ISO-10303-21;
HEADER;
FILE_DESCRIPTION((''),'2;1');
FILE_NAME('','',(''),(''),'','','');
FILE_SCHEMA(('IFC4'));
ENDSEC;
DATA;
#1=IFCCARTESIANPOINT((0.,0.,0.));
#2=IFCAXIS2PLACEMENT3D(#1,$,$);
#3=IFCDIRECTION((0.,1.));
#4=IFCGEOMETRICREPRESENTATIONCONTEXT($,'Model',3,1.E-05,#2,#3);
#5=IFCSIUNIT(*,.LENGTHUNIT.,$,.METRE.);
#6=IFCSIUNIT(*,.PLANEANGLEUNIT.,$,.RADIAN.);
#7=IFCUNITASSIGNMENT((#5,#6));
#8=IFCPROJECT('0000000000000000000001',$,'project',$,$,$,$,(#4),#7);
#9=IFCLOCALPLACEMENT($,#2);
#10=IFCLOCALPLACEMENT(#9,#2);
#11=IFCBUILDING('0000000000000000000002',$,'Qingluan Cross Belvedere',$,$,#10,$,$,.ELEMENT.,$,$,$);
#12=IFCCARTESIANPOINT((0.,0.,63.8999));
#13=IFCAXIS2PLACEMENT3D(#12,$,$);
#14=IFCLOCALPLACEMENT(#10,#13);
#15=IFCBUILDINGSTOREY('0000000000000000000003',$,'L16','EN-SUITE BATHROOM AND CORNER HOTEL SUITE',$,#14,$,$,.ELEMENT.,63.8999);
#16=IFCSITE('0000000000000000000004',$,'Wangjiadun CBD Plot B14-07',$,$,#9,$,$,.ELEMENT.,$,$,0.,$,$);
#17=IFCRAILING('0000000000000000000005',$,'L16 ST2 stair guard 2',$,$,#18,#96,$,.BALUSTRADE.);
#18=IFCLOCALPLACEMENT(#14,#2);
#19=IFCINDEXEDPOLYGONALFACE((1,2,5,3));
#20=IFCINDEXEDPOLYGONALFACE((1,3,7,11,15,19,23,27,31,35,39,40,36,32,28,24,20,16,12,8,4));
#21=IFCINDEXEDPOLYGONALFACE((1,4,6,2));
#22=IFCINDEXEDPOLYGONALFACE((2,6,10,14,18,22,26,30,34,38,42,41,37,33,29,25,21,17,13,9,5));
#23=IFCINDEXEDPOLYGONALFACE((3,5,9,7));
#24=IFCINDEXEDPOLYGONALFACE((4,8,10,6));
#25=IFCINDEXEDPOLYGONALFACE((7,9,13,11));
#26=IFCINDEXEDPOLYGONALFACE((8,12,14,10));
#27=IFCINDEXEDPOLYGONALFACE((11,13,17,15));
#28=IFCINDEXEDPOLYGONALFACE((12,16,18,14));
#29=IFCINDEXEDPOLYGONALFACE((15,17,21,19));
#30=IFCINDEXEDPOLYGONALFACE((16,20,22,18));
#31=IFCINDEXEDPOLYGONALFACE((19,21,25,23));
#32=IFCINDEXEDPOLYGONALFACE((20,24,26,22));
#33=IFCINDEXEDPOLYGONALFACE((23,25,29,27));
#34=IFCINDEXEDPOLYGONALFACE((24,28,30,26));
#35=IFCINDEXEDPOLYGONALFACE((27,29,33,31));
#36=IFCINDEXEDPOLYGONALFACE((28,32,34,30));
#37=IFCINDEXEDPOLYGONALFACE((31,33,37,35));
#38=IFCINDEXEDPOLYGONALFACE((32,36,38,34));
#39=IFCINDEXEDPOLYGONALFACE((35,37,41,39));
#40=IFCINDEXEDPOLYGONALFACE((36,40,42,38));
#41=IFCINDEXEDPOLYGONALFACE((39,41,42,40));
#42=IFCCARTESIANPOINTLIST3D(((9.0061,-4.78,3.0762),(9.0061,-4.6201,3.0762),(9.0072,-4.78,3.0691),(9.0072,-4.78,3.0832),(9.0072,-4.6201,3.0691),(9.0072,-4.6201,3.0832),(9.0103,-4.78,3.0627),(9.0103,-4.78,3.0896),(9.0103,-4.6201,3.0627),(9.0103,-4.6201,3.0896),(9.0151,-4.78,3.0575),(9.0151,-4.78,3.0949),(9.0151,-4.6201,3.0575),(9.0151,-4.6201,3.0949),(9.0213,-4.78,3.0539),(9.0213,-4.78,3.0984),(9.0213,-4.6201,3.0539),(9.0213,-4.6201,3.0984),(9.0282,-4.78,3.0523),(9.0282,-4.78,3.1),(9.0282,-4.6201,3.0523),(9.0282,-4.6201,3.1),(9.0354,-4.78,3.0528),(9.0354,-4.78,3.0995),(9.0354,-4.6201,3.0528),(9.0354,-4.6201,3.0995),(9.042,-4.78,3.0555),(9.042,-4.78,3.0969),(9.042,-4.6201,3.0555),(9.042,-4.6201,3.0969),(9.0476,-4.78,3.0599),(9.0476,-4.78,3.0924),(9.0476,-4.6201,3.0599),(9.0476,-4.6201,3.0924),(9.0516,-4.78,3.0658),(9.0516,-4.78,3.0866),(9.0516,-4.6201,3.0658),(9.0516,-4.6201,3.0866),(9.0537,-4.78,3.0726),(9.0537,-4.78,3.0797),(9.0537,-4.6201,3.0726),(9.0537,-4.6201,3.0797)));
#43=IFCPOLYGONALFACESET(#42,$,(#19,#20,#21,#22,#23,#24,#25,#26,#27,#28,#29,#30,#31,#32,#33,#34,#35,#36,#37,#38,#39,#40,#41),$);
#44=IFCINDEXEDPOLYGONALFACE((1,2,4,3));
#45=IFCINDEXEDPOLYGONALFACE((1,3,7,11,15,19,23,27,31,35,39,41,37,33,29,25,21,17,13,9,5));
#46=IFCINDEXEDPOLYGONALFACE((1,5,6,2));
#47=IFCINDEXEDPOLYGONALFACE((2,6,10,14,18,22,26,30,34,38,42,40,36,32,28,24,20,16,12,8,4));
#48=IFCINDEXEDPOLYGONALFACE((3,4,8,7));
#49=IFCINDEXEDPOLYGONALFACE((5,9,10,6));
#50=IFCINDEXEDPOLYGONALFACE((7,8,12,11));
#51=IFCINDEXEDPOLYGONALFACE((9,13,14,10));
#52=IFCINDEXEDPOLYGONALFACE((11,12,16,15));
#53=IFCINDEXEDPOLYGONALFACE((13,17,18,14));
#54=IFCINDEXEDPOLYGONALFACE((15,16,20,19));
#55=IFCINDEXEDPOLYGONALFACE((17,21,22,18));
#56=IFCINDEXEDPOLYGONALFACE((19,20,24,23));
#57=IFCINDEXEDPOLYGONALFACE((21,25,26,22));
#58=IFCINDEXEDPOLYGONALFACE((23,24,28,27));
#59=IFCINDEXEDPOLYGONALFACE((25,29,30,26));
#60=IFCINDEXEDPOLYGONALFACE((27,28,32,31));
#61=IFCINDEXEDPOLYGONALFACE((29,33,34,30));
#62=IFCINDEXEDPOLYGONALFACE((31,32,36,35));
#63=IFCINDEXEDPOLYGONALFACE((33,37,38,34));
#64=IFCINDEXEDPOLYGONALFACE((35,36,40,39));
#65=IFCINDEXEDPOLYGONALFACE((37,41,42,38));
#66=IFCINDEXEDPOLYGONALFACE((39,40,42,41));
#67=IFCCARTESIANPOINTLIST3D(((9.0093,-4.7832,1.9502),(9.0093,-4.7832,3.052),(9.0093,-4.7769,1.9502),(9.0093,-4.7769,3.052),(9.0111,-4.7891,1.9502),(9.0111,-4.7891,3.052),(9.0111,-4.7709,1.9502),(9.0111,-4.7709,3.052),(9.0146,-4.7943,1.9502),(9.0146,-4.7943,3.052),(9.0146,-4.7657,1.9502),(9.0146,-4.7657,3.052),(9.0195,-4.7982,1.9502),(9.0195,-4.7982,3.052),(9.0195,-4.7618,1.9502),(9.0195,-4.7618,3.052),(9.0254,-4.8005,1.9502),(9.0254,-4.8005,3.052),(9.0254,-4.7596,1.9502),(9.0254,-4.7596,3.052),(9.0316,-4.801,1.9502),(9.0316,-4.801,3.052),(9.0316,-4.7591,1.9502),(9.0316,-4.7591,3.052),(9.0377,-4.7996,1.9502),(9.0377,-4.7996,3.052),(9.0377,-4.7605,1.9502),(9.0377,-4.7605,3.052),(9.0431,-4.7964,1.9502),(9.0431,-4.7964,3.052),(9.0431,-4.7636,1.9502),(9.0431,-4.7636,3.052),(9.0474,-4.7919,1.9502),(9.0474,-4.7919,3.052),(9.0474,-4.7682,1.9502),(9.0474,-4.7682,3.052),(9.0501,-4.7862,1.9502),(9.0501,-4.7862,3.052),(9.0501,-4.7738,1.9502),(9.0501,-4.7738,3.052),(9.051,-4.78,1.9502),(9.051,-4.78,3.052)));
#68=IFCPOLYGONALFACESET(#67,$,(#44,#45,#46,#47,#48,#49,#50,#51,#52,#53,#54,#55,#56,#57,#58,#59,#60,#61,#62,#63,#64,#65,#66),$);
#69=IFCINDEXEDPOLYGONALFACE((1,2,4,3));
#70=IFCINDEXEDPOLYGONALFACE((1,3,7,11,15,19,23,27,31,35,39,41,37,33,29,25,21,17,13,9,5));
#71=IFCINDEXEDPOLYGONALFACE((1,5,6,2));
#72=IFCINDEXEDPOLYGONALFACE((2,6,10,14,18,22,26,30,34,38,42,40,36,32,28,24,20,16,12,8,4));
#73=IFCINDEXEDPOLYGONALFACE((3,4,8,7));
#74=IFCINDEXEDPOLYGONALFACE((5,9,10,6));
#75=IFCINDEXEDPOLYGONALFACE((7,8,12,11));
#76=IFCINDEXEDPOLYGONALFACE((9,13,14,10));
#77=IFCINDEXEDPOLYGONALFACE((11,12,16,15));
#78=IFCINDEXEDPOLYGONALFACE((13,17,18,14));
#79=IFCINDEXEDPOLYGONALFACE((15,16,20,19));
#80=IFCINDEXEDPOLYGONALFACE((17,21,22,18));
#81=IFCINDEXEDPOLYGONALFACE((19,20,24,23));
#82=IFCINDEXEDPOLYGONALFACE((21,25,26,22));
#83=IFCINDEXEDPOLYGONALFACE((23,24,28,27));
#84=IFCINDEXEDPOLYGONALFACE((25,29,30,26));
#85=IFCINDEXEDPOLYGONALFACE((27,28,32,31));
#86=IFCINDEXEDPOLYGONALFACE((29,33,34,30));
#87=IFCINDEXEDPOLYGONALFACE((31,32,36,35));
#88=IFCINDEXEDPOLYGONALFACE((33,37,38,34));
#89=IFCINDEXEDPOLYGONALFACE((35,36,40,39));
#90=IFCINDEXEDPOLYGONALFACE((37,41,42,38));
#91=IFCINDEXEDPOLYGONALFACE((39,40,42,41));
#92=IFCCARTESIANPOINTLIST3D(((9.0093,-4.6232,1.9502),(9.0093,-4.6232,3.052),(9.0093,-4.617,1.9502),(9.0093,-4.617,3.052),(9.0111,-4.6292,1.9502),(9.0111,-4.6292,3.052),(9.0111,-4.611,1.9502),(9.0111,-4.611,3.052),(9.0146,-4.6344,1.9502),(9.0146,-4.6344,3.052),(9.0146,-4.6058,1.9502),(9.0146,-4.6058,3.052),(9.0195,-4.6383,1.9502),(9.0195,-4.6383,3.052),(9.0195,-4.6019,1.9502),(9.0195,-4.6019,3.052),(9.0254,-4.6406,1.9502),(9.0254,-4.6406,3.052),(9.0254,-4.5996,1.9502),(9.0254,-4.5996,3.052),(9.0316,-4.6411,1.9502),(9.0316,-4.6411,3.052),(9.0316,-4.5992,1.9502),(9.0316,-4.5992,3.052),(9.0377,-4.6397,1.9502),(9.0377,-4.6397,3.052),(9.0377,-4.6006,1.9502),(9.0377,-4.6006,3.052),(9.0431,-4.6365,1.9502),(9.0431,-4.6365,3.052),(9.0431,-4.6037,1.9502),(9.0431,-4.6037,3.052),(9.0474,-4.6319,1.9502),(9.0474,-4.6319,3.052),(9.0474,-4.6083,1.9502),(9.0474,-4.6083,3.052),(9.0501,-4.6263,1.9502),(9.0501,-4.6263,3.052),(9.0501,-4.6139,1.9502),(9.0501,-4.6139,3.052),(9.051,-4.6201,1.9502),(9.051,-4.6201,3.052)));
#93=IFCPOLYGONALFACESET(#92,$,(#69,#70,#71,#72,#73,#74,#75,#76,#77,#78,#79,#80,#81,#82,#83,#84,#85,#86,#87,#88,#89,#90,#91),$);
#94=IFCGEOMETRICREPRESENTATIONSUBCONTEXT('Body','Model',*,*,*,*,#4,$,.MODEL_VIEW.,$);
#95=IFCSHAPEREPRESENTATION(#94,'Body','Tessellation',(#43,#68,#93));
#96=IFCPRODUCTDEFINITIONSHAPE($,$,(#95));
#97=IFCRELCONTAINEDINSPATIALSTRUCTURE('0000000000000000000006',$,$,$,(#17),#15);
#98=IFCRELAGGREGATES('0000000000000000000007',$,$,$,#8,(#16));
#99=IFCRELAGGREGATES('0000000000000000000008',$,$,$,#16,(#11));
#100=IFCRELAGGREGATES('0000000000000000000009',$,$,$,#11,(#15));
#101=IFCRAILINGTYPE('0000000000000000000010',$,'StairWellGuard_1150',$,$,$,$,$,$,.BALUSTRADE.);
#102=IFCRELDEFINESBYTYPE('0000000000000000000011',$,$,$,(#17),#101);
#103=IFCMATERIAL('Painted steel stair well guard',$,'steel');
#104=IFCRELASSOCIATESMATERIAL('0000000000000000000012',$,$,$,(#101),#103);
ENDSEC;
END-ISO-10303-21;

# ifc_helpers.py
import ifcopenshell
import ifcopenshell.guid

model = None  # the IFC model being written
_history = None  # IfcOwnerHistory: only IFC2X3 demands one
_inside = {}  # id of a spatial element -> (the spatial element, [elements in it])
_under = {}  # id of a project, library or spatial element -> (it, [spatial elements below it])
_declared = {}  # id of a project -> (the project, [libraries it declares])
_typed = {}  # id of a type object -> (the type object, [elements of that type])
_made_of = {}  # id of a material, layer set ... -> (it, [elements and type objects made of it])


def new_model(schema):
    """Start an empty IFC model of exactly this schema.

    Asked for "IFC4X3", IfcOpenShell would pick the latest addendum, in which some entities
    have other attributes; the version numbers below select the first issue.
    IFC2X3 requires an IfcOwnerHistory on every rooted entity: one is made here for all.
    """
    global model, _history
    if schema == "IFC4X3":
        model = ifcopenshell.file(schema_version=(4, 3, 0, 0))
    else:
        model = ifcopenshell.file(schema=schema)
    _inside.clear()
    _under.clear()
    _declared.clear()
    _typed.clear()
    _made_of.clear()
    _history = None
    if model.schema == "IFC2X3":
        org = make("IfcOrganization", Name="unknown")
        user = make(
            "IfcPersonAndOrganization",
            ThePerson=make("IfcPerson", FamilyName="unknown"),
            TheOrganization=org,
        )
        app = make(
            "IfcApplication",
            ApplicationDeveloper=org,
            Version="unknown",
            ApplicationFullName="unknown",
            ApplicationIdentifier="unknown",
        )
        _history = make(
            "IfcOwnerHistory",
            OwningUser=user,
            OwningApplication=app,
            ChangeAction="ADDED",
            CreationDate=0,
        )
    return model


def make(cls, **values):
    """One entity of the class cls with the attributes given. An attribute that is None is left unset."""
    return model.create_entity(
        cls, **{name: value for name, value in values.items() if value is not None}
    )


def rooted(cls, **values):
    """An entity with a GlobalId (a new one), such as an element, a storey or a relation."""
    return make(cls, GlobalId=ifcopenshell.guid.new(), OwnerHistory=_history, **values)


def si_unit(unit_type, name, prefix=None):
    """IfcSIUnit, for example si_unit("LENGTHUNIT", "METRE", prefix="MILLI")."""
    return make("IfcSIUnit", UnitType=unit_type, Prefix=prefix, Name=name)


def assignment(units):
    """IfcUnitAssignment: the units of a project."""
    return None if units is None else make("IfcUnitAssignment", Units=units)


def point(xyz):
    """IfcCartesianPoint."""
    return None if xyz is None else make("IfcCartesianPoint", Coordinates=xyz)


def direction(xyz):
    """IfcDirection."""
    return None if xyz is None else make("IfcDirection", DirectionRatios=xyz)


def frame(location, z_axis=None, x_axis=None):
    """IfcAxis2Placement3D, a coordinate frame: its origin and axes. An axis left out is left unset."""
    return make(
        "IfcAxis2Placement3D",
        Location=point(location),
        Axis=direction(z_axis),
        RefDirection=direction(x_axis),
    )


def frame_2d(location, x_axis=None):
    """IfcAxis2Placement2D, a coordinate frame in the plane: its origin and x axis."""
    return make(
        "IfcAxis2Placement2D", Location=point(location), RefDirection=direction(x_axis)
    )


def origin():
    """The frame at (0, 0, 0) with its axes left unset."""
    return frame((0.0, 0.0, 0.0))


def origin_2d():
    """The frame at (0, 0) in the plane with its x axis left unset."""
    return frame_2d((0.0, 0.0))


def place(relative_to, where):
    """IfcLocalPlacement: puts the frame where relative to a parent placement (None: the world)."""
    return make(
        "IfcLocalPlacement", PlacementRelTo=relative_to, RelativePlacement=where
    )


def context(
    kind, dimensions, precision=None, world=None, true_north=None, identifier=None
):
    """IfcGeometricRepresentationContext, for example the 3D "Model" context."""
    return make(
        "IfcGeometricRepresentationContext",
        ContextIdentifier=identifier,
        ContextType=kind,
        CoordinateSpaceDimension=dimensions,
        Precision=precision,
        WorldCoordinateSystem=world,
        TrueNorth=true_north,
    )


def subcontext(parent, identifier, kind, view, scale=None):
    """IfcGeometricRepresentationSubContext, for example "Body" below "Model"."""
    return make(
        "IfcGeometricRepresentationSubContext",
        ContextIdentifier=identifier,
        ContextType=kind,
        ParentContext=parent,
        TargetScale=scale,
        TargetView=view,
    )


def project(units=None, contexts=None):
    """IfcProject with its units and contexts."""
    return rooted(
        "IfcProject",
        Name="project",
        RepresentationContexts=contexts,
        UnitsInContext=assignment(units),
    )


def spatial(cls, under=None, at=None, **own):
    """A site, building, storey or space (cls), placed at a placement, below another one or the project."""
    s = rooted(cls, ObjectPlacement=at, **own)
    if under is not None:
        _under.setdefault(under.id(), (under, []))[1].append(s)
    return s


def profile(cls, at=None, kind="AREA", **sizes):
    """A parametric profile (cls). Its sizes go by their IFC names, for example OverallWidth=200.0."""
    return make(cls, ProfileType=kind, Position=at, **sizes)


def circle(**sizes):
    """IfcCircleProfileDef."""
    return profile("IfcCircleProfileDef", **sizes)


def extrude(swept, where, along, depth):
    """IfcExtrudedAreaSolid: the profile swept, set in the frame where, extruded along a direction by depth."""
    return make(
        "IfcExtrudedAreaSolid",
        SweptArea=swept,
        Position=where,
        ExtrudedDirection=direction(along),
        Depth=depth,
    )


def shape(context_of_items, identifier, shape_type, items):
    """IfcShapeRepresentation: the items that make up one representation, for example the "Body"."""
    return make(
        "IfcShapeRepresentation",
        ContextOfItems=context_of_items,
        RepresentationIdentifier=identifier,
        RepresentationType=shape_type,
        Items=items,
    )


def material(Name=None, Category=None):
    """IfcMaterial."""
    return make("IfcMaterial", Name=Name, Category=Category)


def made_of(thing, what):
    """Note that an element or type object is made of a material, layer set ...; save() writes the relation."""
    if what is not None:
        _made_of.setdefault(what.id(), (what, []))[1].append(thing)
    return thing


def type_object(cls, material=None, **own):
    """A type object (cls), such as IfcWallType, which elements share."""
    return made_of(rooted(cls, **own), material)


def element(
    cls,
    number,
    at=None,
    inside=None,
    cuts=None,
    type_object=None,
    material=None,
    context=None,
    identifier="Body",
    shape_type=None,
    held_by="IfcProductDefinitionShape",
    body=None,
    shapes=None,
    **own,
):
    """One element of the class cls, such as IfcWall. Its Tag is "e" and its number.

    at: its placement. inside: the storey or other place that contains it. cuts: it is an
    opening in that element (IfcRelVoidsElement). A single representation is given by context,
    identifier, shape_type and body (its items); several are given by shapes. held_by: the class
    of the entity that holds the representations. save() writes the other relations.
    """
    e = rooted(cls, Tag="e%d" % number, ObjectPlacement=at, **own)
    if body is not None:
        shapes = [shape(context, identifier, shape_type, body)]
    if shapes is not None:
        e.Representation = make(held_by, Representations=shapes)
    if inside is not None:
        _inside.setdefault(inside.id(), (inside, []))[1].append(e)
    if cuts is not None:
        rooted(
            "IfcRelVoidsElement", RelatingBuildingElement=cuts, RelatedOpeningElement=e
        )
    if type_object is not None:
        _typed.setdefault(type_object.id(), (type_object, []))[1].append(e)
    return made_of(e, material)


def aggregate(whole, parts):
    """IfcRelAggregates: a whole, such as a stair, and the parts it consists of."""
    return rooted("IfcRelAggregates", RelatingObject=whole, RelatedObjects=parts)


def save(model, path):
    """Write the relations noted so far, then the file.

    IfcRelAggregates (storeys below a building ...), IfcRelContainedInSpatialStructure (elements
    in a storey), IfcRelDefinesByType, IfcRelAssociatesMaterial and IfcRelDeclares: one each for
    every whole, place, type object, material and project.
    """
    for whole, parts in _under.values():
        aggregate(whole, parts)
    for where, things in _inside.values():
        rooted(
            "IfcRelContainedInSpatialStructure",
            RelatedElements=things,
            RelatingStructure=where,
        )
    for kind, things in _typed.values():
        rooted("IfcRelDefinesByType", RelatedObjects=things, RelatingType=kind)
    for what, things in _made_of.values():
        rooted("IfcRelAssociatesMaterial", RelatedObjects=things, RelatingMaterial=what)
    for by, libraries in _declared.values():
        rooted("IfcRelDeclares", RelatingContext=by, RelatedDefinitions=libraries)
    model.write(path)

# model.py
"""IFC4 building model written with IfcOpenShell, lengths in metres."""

from ifc_helpers import new_model, si_unit, direction, frame, origin, origin_2d, place, context, subcontext, project, spatial, circle, extrude, material, type_object, element, save


model = new_model("IFC4")

# Units and contexts
model_context = context("Model", 3, precision=1e-05, world=origin(), true_north=direction((0.0, 1.0)))
body_context = subcontext(model_context, "Body", "Model", "MODEL_VIEW")
ifc_project = project(units=[si_unit("LENGTHUNIT", "METRE"), si_unit("PLANEANGLEUNIT", "RADIAN")], contexts=[model_context])

# Site, building, storey
site_placement = place(None, origin())
site = spatial("IfcSite", under=ifc_project, at=site_placement, Name="Wangjiadun CBD Plot B14-07", CompositionType="ELEMENT", RefElevation=0.0)
building_placement = place(site_placement, origin())
building = spatial("IfcBuilding", under=site, at=building_placement, Name="Qingluan Cross Belvedere", CompositionType="ELEMENT")
storey_placement = place(building_placement, frame((0.0, 0.0, 63.8999)))
storey = spatial("IfcBuildingStorey", under=building, at=storey_placement, Name="L16", Description="EN-SUITE BATHROOM AND CORNER HOTEL SUITE", CompositionType="ELEMENT", Elevation=63.8999)

# Railing
ifc_material_1 = material(Name="Painted steel stair well guard", Category="steel")
railing_type_1 = type_object("IfcRailingType", Name="StairWellGuard_1150", PredefinedType="BALUSTRADE", material=ifc_material_1)
railing_1_placement = place(storey_placement, frame((9.03, -4.78, 1.9502)))
element("IfcRailing", 1, at=railing_1_placement, inside=storey, type_object=railing_type_1, Name="L16 ST2 stair guard 2", PredefinedType="BALUSTRADE", context=body_context, shape_type="SweptSolid", body=[
    extrude(circle(Radius=0.0239, at=origin_2d()), frame((0.0, 0.0, 1.126), z_axis=(0.0, 1.0, 0.0), x_axis=(-1.0, 0.0, 0.0)), (0.0, 0.0, 1.0), 0.1599),
    extrude(circle(Radius=0.021, at=origin_2d()), origin(), (0.0, 0.0, 1.0), 1.1018),
    extrude(circle(Radius=0.021, at=origin_2d()), frame((0.0, 0.1599, 0.0)), (0.0, 0.0, 1.0), 1.1018),
])

save(model, "model.ifc")
